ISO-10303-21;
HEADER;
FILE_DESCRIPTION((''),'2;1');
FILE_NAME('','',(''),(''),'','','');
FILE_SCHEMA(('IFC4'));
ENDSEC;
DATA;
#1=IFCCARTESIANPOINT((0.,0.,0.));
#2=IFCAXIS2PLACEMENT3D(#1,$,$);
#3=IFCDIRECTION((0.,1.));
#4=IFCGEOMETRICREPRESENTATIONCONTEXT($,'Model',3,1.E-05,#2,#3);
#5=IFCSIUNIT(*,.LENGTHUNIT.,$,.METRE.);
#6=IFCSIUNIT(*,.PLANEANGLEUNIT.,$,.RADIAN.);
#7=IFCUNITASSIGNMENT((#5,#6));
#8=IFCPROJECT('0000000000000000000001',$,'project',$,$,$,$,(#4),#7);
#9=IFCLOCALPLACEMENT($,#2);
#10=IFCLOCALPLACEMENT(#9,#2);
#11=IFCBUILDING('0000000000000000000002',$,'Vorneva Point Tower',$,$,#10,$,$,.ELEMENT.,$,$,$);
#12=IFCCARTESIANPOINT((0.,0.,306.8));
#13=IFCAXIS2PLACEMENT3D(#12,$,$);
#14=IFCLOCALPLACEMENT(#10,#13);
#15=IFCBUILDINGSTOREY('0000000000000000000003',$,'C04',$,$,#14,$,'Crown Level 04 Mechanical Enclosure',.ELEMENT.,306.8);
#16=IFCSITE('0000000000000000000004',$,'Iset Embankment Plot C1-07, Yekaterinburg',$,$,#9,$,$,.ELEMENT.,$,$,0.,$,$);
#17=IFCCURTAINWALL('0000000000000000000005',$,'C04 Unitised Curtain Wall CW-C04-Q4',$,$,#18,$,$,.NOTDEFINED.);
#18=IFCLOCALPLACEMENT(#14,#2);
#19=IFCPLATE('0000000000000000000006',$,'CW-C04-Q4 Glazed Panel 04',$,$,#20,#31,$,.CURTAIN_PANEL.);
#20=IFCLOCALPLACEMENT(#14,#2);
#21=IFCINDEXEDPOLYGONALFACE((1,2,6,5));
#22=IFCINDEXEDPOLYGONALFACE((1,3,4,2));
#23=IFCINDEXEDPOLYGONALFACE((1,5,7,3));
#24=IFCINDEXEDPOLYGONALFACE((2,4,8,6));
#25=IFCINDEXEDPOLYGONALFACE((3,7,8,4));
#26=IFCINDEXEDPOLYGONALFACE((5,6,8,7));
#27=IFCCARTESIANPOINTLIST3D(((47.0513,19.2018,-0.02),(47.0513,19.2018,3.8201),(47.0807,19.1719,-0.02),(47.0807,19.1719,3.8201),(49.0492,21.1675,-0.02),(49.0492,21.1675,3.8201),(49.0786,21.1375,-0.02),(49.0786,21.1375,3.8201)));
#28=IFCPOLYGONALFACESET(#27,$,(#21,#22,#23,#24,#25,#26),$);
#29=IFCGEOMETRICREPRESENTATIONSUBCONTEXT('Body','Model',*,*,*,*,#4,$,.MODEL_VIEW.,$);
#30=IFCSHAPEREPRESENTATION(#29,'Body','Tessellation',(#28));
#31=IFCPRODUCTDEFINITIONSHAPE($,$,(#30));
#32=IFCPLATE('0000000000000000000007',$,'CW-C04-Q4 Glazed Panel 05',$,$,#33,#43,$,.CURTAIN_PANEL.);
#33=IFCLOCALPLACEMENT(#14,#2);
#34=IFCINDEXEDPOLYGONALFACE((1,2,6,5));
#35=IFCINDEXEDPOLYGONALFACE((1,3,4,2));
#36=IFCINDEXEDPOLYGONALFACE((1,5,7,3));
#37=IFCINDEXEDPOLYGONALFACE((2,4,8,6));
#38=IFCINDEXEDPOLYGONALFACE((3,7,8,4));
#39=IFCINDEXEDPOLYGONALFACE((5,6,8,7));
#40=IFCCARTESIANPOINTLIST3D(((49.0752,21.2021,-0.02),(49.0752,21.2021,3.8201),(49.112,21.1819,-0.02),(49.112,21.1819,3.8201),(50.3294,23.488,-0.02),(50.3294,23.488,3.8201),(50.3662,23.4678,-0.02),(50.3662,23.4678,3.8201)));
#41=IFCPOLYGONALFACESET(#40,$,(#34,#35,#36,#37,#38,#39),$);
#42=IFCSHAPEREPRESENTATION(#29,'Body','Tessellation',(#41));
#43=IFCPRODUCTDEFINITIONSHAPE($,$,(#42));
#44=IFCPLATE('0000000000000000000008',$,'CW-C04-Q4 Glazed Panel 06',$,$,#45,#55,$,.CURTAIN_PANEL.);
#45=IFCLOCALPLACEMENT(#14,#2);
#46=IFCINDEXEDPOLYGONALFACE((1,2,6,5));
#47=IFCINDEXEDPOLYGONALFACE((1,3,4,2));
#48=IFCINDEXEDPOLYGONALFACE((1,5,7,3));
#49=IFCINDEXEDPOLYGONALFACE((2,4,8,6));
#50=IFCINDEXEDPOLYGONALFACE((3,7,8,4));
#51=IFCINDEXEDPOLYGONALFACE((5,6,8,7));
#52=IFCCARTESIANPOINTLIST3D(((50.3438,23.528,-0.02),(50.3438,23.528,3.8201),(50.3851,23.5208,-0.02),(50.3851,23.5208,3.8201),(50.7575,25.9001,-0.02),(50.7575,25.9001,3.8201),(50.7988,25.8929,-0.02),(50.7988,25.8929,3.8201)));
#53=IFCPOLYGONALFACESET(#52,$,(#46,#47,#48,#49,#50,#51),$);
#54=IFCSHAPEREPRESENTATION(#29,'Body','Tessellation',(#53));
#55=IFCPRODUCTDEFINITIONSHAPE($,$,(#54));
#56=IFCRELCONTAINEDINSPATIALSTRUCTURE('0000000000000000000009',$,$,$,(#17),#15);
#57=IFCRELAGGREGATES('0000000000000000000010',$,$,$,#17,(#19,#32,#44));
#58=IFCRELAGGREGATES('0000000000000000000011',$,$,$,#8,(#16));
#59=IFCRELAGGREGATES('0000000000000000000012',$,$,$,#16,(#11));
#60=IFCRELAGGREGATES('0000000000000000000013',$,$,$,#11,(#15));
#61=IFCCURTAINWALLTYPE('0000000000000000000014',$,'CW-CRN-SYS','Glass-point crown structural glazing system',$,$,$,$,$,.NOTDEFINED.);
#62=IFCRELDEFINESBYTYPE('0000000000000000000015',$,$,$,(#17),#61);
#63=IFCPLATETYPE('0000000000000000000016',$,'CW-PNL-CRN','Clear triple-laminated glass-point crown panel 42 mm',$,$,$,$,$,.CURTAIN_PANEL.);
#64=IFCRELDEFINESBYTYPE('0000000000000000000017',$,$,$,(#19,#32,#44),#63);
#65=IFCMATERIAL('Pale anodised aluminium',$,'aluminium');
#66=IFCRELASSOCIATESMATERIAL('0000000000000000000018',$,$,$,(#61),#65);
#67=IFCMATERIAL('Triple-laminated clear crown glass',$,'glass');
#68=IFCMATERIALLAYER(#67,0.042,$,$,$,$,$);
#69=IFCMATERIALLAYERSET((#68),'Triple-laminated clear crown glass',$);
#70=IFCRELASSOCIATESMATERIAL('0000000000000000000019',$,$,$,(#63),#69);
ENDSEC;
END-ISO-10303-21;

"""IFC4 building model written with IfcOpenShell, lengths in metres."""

from ifc_helpers import new_model, si_unit, direction, frame, origin, origin_2d, place, context, subcontext, project, spatial, rectangle, extrude, material, layer, layer_set, type_object, element, aggregate, save


model = new_model("IFC4")

# Units and contexts
model_context = context("Model", 3, precision=1e-05, world=origin(), true_north=direction((0.0, 1.0)))
body_context = subcontext(model_context, "Body", "Model", "MODEL_VIEW")
ifc_project = project(units=[si_unit("LENGTHUNIT", "METRE"), si_unit("PLANEANGLEUNIT", "RADIAN")], contexts=[model_context])

# Site, building, storey
site_placement = place(None, origin())
site = spatial("IfcSite", under=ifc_project, at=site_placement, Name="Iset Embankment Plot C1-07, Yekaterinburg", CompositionType="ELEMENT", RefElevation=0.0)
building_placement = place(site_placement, origin())
building = spatial("IfcBuilding", under=site, at=building_placement, Name="Vorneva Point Tower", CompositionType="ELEMENT")
storey_placement = place(building_placement, frame((0.0, 0.0, 306.8)))
storey = spatial("IfcBuildingStorey", under=building, at=storey_placement, Name="C04", LongName="Crown Level 04 Mechanical Enclosure", CompositionType="ELEMENT", Elevation=306.8)

# Curtain wall
ifc_material_1 = material(Name="Pale anodised aluminium", Category="aluminium")
curtain_wall_type = type_object("IfcCurtainWallType", Name="CW-CRN-SYS", Description="Glass-point crown structural glazing system", PredefinedType="NOTDEFINED", material=ifc_material_1)
curtain_wall_placement = place(storey_placement, origin())
curtain_wall = element("IfcCurtainWall", 1, at=curtain_wall_placement, inside=storey, type_object=curtain_wall_type, Name="C04 Unitised Curtain Wall CW-C04-Q4", PredefinedType="NOTDEFINED")

# Plates
ifc_material_2 = material(Name="Triple-laminated clear crown glass", Category="glass")
ifc_layer = layer(ifc_material_2, 0.042)
ifc_layer_set = layer_set([ifc_layer], Name="Triple-laminated clear crown glass")
plate_type = type_object("IfcPlateType", Name="CW-PNL-CRN", Description="Clear triple-laminated glass-point crown panel 42 mm", PredefinedType="CURTAIN_PANEL", material=ifc_layer_set)
plate_1_placement = place(storey_placement, frame((48.0649, 20.1697, -0.02), z_axis=(0.0, 0.0, 1.0), x_axis=(0.712847, 0.70132, 0.0)))
plate_1 = element("IfcPlate", 2, at=plate_1_placement, type_object=plate_type, Name="CW-C04-Q4 Glazed Panel 04", PredefinedType="CURTAIN_PANEL", context=body_context, shape_type="SweptSolid", body=[
    extrude(rectangle(XDim=2.8027, YDim=0.042, at=origin_2d()), origin(), (0.0, 0.0, 1.0), 3.8401),
])
plate_2_placement = place(storey_placement, frame((49.7207, 22.335, -0.02), z_axis=(0.0, 0.0, 1.0), x_axis=(0.481019, 0.87671, 0.0)))
plate_2 = element("IfcPlate", 3, at=plate_2_placement, type_object=plate_type, Name="CW-C04-Q4 Glazed Panel 05", PredefinedType="CURTAIN_PANEL", context=body_context, shape_type="SweptSolid", body=[
    extrude(rectangle(XDim=2.6074, YDim=0.042, at=origin_2d()), origin(), (0.0, 0.0, 1.0), 3.8401),
])
plate_3_placement = place(storey_placement, frame((50.5713, 24.7104, -0.02), z_axis=(0.0, 0.0, 1.0), x_axis=(0.171809, 0.98513, 0.0)))
plate_3 = element("IfcPlate", 4, at=plate_3_placement, type_object=plate_type, Name="CW-C04-Q4 Glazed Panel 06", PredefinedType="CURTAIN_PANEL", context=body_context, shape_type="SweptSolid", body=[
    extrude(rectangle(XDim=2.408, YDim=0.042, at=origin_2d()), origin(), (0.0, 0.0, 1.0), 3.8401),
])
aggregate(curtain_wall, [plate_1, plate_2, plate_3])

save(model, "model.ifc")
